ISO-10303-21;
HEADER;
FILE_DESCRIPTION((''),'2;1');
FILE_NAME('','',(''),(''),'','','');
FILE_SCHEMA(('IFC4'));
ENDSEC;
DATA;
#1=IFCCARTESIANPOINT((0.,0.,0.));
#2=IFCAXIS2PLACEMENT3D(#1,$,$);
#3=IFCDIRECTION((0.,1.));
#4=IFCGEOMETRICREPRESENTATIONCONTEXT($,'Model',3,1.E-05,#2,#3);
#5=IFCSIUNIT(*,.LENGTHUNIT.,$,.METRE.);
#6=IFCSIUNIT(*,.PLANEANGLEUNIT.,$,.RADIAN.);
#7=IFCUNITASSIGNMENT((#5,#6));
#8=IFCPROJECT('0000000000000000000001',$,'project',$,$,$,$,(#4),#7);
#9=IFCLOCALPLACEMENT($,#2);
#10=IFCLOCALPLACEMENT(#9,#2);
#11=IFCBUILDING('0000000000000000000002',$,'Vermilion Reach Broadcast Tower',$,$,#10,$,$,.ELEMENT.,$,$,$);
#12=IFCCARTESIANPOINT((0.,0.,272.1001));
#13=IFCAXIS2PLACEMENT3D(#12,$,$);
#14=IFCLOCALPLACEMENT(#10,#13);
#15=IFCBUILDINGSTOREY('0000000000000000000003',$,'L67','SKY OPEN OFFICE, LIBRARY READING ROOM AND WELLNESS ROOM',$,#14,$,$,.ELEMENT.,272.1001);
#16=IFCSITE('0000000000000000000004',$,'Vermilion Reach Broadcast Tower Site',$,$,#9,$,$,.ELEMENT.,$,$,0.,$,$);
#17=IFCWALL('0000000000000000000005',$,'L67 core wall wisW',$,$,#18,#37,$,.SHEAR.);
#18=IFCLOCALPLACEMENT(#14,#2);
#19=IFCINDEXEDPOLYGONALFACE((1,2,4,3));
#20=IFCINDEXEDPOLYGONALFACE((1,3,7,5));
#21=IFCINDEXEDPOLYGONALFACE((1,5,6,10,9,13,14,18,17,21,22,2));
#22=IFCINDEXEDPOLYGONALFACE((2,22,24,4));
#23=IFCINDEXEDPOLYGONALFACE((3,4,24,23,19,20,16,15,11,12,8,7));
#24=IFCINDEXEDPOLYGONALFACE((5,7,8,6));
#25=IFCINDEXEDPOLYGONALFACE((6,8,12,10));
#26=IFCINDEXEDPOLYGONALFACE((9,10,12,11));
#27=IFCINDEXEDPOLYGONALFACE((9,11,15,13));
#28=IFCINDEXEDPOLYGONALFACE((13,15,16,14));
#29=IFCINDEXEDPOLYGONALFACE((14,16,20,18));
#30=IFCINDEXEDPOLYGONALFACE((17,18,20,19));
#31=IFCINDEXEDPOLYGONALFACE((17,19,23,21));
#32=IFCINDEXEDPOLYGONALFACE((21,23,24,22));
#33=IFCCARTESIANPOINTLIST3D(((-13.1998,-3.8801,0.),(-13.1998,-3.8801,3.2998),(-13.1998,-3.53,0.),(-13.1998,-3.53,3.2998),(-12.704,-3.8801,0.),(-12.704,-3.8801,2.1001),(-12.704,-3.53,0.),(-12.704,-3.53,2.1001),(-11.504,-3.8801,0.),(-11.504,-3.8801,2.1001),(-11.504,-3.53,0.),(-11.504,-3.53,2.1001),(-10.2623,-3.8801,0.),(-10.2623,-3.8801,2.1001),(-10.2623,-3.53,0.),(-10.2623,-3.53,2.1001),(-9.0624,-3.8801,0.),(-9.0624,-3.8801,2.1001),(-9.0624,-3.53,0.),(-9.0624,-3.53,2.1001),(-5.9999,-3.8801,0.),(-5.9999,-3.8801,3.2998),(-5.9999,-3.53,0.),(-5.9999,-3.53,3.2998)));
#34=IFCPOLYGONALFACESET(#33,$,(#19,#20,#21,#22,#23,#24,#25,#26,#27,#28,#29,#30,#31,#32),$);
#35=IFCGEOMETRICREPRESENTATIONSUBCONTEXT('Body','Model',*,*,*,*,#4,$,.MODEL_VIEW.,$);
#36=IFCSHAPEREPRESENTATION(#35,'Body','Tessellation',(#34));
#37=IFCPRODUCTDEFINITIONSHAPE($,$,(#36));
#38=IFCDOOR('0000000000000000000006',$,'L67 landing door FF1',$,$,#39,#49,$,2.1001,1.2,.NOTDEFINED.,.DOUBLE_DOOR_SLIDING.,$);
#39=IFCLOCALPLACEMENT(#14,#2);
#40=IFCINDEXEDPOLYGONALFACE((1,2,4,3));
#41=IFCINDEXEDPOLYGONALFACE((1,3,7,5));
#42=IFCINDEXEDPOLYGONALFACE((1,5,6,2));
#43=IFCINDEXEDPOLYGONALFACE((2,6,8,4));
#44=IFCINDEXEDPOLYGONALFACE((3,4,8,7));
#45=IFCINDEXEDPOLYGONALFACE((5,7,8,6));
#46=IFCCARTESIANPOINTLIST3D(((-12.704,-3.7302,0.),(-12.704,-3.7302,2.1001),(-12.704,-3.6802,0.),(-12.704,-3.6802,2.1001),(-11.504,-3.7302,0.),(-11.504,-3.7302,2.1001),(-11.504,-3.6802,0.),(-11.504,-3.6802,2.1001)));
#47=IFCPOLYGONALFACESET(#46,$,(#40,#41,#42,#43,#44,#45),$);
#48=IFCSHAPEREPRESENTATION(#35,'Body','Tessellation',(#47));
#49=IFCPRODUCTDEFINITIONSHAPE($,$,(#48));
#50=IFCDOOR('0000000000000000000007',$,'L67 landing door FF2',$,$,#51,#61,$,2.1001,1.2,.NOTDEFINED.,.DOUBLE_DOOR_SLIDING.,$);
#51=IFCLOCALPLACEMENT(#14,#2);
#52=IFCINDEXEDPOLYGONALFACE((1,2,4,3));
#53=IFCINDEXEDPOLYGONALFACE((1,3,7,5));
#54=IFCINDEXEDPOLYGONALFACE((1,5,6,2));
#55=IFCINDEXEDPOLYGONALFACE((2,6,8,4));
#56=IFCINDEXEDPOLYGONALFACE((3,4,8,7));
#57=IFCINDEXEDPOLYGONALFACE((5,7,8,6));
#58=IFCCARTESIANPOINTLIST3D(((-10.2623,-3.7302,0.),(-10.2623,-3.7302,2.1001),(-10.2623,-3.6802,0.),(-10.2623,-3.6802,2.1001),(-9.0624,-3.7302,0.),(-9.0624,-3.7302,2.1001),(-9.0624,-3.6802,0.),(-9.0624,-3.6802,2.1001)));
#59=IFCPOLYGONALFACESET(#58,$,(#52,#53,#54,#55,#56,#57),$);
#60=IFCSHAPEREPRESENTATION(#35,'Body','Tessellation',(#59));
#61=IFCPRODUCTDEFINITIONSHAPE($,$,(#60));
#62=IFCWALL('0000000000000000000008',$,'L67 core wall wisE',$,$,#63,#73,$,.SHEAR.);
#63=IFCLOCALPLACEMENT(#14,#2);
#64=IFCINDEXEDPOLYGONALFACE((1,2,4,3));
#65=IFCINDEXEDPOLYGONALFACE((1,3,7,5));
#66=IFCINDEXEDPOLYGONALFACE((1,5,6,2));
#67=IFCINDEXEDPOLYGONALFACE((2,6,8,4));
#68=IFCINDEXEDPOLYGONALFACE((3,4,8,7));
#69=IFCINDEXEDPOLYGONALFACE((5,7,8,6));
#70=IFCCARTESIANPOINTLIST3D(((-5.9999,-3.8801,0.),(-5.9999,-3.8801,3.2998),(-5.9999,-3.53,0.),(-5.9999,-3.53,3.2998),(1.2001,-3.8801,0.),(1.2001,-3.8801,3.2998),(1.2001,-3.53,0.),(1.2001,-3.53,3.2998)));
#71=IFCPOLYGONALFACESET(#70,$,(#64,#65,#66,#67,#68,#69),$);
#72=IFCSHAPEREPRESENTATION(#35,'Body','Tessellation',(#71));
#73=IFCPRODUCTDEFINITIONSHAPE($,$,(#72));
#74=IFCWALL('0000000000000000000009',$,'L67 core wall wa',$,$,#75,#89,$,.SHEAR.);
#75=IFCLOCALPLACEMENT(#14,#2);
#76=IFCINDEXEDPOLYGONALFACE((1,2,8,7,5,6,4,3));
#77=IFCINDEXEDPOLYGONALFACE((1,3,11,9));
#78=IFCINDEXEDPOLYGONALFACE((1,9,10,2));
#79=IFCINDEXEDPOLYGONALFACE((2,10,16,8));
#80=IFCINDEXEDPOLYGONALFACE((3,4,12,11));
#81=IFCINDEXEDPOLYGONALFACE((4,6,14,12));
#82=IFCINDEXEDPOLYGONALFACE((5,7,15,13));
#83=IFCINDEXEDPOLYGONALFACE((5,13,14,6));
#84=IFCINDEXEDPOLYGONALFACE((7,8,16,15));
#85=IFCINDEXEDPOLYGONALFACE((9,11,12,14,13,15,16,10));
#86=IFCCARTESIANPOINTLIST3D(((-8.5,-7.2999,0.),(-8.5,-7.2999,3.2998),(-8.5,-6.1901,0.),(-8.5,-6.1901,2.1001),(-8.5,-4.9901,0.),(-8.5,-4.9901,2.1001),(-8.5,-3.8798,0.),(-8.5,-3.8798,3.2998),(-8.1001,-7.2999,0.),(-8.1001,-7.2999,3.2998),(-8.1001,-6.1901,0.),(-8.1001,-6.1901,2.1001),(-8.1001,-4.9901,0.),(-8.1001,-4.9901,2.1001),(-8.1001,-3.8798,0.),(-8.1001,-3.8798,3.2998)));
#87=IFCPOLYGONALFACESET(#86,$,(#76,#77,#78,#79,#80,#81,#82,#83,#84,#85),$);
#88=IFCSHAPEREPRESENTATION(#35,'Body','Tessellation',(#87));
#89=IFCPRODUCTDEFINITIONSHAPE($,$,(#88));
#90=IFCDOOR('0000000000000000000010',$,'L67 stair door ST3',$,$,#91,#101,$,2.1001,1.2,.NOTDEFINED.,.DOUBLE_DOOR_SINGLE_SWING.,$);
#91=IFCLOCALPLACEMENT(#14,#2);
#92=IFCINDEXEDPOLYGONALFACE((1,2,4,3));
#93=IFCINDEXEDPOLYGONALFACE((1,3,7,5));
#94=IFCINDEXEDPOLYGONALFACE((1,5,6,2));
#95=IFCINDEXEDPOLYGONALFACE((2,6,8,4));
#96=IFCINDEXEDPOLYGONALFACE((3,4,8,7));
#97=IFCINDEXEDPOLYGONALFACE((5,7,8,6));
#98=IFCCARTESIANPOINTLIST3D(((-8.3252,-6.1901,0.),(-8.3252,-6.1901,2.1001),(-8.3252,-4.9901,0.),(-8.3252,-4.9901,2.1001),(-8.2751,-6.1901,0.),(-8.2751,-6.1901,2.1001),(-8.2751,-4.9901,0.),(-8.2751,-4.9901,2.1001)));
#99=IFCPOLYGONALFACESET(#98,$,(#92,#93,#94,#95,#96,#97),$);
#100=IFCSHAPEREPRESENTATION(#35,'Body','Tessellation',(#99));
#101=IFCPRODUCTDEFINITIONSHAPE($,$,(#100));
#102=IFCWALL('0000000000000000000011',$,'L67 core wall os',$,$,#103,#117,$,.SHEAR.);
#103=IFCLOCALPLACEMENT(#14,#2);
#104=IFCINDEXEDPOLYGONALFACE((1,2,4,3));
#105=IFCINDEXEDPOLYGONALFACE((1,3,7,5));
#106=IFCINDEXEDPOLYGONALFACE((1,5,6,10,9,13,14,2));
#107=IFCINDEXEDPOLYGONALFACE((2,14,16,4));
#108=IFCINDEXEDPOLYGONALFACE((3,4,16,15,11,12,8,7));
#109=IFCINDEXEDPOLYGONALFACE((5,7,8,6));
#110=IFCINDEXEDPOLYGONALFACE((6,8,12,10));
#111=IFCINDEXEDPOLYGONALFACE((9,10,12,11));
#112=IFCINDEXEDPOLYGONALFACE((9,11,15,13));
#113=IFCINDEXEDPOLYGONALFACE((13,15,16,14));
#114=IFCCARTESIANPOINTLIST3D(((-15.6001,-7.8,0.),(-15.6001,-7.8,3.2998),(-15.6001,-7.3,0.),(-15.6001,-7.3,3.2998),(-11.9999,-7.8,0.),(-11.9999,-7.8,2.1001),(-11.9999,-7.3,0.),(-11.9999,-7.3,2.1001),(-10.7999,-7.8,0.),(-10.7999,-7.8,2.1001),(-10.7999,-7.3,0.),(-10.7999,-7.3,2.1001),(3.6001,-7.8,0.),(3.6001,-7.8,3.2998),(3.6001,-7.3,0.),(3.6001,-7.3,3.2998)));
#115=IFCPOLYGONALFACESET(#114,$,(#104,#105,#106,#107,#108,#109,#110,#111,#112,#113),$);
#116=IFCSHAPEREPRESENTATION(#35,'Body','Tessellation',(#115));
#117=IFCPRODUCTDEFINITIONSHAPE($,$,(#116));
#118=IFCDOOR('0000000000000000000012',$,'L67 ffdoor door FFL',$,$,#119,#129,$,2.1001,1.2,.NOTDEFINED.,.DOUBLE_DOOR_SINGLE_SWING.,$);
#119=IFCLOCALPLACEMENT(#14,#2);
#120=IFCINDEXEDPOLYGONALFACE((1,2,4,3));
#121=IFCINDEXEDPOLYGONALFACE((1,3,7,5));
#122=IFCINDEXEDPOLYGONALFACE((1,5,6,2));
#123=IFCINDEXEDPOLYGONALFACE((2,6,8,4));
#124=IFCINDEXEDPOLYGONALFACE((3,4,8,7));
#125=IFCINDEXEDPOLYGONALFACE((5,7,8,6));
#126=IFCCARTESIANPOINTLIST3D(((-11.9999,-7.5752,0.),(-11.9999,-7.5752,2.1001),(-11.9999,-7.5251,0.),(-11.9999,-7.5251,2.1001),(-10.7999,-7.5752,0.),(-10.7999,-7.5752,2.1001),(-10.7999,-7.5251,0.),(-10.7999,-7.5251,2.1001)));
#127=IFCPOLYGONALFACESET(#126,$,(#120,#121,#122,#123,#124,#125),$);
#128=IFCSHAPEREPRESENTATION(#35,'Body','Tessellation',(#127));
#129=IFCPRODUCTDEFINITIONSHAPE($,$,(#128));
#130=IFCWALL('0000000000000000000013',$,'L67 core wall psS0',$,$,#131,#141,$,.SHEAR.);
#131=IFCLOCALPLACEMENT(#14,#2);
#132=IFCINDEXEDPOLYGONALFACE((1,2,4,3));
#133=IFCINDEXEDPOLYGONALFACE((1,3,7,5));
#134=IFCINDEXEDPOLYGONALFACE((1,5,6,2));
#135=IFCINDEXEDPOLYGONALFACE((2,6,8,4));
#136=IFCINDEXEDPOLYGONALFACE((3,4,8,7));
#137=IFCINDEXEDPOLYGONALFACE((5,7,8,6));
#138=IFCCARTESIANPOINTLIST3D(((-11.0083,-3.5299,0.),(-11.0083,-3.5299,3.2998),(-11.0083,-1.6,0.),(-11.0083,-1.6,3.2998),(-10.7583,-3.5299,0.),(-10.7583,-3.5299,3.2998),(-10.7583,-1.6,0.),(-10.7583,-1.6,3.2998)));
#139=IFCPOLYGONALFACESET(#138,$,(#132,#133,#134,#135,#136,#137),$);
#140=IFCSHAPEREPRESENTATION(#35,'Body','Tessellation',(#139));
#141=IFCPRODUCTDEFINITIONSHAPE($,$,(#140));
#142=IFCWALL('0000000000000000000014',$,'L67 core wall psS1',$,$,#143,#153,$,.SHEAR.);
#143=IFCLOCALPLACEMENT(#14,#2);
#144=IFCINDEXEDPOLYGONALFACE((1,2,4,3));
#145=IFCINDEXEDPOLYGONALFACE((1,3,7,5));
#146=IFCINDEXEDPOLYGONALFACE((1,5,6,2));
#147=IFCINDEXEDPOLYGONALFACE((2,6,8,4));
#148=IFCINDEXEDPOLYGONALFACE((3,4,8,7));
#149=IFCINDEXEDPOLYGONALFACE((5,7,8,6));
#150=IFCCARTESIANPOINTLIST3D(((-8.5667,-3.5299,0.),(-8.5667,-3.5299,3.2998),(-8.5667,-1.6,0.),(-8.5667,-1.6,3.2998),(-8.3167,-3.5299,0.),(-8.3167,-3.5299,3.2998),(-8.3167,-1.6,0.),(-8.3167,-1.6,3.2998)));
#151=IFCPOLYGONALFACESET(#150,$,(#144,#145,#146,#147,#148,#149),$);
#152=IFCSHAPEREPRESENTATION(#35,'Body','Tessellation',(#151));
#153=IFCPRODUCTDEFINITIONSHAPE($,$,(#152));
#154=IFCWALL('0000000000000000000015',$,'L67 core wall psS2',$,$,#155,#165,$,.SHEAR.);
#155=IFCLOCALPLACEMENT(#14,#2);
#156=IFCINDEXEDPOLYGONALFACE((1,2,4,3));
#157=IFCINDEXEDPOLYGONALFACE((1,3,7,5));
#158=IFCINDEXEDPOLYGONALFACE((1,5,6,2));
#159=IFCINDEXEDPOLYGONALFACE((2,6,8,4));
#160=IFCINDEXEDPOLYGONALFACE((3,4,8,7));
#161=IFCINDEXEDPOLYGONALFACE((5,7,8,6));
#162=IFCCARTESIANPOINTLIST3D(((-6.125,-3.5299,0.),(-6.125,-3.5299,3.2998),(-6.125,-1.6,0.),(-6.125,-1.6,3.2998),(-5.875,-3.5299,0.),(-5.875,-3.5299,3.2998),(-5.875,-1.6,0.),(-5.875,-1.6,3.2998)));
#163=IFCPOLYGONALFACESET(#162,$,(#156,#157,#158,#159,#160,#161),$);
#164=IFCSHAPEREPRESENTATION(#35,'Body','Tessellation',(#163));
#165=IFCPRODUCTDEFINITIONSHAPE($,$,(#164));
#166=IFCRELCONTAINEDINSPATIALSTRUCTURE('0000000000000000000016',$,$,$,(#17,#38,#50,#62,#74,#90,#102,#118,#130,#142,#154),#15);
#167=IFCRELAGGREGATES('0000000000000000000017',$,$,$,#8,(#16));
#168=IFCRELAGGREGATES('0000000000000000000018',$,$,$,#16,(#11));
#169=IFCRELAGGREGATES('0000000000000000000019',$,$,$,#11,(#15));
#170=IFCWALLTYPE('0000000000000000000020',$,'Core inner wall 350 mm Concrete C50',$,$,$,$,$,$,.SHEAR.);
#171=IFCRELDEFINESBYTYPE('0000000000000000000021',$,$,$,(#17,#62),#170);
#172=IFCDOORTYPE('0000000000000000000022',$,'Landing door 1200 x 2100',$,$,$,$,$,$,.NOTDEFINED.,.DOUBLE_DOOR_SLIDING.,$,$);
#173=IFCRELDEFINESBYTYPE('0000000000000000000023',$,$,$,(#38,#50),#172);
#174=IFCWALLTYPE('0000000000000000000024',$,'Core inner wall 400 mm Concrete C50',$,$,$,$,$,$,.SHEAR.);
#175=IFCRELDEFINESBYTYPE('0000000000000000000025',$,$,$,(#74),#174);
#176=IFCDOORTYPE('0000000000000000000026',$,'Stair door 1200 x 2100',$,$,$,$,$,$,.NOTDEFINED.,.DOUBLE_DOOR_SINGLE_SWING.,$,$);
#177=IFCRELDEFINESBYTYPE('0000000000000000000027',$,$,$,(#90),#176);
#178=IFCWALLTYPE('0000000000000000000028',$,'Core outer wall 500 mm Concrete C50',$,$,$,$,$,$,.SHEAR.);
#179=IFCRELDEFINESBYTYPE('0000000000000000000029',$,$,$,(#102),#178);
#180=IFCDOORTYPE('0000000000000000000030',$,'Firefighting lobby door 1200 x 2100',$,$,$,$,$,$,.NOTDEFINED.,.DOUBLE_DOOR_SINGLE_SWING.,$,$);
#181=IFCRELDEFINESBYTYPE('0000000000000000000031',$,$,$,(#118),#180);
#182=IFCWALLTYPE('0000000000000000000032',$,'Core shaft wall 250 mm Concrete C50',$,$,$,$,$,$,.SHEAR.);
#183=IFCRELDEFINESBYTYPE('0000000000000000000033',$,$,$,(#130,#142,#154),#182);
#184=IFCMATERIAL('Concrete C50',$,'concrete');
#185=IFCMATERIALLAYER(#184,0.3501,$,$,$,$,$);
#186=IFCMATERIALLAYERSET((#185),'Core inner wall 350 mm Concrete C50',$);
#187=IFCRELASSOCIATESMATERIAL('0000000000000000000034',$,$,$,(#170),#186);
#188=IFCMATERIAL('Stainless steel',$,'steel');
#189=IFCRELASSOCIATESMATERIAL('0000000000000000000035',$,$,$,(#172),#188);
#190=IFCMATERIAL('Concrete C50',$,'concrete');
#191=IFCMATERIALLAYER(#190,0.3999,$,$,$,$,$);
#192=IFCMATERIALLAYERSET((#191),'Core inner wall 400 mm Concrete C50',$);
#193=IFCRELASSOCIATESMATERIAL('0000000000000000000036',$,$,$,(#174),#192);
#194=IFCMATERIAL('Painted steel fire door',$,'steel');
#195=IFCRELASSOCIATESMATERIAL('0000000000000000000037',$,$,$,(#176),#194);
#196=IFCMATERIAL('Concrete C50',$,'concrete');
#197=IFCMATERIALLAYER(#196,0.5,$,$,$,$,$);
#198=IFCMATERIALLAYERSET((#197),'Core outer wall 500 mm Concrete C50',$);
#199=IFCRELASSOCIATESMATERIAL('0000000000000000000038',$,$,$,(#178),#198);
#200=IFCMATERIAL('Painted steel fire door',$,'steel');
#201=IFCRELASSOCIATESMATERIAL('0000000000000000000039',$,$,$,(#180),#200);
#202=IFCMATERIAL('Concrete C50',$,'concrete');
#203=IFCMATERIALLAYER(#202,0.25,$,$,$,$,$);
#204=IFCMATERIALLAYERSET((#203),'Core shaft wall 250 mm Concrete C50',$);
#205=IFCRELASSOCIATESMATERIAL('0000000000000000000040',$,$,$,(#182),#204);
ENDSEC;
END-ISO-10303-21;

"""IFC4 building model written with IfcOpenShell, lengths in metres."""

from ifc_helpers import new_model, si_unit, direction, frame, frame_2d, origin, place, context, subcontext, project, spatial, rectangle, extrude, material, layer, layer_set, type_object, element, fill, save


model = new_model("IFC4")

# Units and contexts
model_context = context("Model", 3, precision=1e-05, world=origin(), true_north=direction((0.0, 1.0)))
body_context = subcontext(model_context, "Body", "Model", "MODEL_VIEW")
ifc_project = project(units=[si_unit("LENGTHUNIT", "METRE"), si_unit("PLANEANGLEUNIT", "RADIAN")], contexts=[model_context])

# Site, building, storey
site_placement = place(None, origin())
site = spatial("IfcSite", under=ifc_project, at=site_placement, Name="Vermilion Reach Broadcast Tower Site", CompositionType="ELEMENT", RefElevation=0.0)
building_placement = place(site_placement, origin())
building = spatial("IfcBuilding", under=site, at=building_placement, Name="Vermilion Reach Broadcast Tower", CompositionType="ELEMENT")
storey_placement = place(building_placement, frame((0.0, 0.0, 272.1001)))
storey = spatial("IfcBuildingStorey", under=building, at=storey_placement, Name="L67", Description="SKY OPEN OFFICE, LIBRARY READING ROOM AND WELLNESS ROOM", CompositionType="ELEMENT", Elevation=272.1001)

# Wall, openings, doors
ifc_material_1 = material(Name="Concrete C50", Category="concrete")
ifc_layer_1 = layer(ifc_material_1, 0.3501)
ifc_layer_set_1 = layer_set([ifc_layer_1], Name="Core inner wall 350 mm Concrete C50")
wall_type_1 = type_object("IfcWallType", Name="Core inner wall 350 mm Concrete C50", PredefinedType="SHEAR", material=ifc_layer_set_1)
wall_1_placement = place(storey_placement, frame((-13.2, -3.7051, 0.0), z_axis=(0.0, 0.0, 1.0), x_axis=(1.0, 0.0, 0.0)))
wall_1 = element("IfcWall", 1, at=wall_1_placement, inside=storey, type_object=wall_type_1, Name="L67 core wall wisW", PredefinedType="SHEAR", context=body_context, shape_type="SweptSolid", body=[
    extrude(rectangle(XDim=7.2, YDim=0.3501, at=frame_2d((3.6001, 0.0))), origin(), (0.0, 0.0, 1.0), 3.2998),
])
opening_1_placement = place(wall_1_placement, frame((0.4958, 0.0, 0.0)))
opening_1 = element("IfcOpeningElement", 2, at=opening_1_placement, cuts=wall_1, PredefinedType="OPENING", context=body_context, shape_type="SweptSolid", body=[
    extrude(rectangle(XDim=1.2, YDim=2.1001, at=frame_2d((0.6001, 1.05))), frame((0.0, 0.1851, 0.0), z_axis=(0.0, -1.0, 0.0), x_axis=(1.0, 0.0, 0.0)), (0.0, 0.0, 1.0), 0.3701),
])
opening_2_placement = place(wall_1_placement, frame((2.9375, 0.0, 0.0)))
opening_2 = element("IfcOpeningElement", 3, at=opening_2_placement, cuts=wall_1, PredefinedType="OPENING", context=body_context, shape_type="SweptSolid", body=[
    extrude(rectangle(XDim=1.2, YDim=2.1001, at=frame_2d((0.6001, 1.05))), frame((0.0, 0.1851, 0.0), z_axis=(0.0, -1.0, 0.0), x_axis=(1.0, 0.0, 0.0)), (0.0, 0.0, 1.0), 0.3701),
])
ifc_material_2 = material(Name="Stainless steel", Category="steel")
door_type_1 = type_object("IfcDoorType", Name="Landing door 1200 x 2100", OperationType="DOUBLE_DOOR_SLIDING", PredefinedType="NOTDEFINED", material=ifc_material_2)
door_1_placement = place(opening_1_placement, origin())
door_1 = element("IfcDoor", 4, at=door_1_placement, inside=storey, type_object=door_type_1, Name="L67 landing door FF1", OperationType="DOUBLE_DOOR_SLIDING", OverallHeight=2.1001, OverallWidth=1.2, PredefinedType="NOTDEFINED", context=body_context, shape_type="SweptSolid", body=[
    extrude(rectangle(XDim=1.2, YDim=2.1001, at=frame_2d((0.6001, 1.05))), frame((0.0, 0.0249, 0.0), z_axis=(0.0, -1.0, 0.0), x_axis=(1.0, 0.0, 0.0)), (0.0, 0.0, 1.0), 0.05),
])
fill(opening_1, door_1)
door_2_placement = place(opening_2_placement, origin())
door_2 = element("IfcDoor", 5, at=door_2_placement, inside=storey, type_object=door_type_1, Name="L67 landing door FF2", OperationType="DOUBLE_DOOR_SLIDING", OverallHeight=2.1001, OverallWidth=1.2, PredefinedType="NOTDEFINED", context=body_context, shape_type="SweptSolid", body=[
    extrude(rectangle(XDim=1.2, YDim=2.1001, at=frame_2d((0.6001, 1.05))), frame((0.0, 0.0249, 0.0), z_axis=(0.0, -1.0, 0.0), x_axis=(1.0, 0.0, 0.0)), (0.0, 0.0, 1.0), 0.05),
])
fill(opening_2, door_2)

# Wall
wall_2_placement = place(storey_placement, frame((-6.0, -3.7051, 0.0), z_axis=(0.0, 0.0, 1.0), x_axis=(1.0, 0.0, 0.0)))
element("IfcWall", 6, at=wall_2_placement, inside=storey, type_object=wall_type_1, Name="L67 core wall wisE", PredefinedType="SHEAR", context=body_context, shape_type="SweptSolid", body=[
    extrude(rectangle(XDim=7.2, YDim=0.3501, at=frame_2d((3.6001, 0.0))), origin(), (0.0, 0.0, 1.0), 3.2998),
])

# Walls, openings, doors
ifc_material_3 = material(Name="Concrete C50", Category="concrete")
ifc_layer_2 = layer(ifc_material_3, 0.3999)
ifc_layer_set_2 = layer_set([ifc_layer_2], Name="Core inner wall 400 mm Concrete C50")
wall_type_2 = type_object("IfcWallType", Name="Core inner wall 400 mm Concrete C50", PredefinedType="SHEAR", material=ifc_layer_set_2)
wall_3_placement = place(storey_placement, frame((-8.3, -3.8799, 0.0), z_axis=(0.0, 0.0, 1.0), x_axis=(0.0, -1.0, 0.0)))
wall_3 = element("IfcWall", 7, at=wall_3_placement, inside=storey, type_object=wall_type_2, Name="L67 core wall wa", PredefinedType="SHEAR", context=body_context, shape_type="SweptSolid", body=[
    extrude(rectangle(XDim=3.4202, YDim=0.3999, at=frame_2d((1.71, 0.0))), origin(), (0.0, 0.0, 1.0), 3.2998),
])
opening_3_placement = place(wall_3_placement, frame((1.1101, 0.0, 0.0)))
opening_3 = element("IfcOpeningElement", 8, at=opening_3_placement, cuts=wall_3, PredefinedType="OPENING", context=body_context, shape_type="SweptSolid", body=[
    extrude(rectangle(XDim=1.2, YDim=2.1001, at=frame_2d((0.6001, 1.05))), frame((0.0, 0.21, 0.0), z_axis=(0.0, -1.0, 0.0), x_axis=(1.0, 0.0, 0.0)), (0.0, 0.0, 1.0), 0.4199),
])
ifc_material_4 = material(Name="Painted steel fire door", Category="steel")
door_type_2 = type_object("IfcDoorType", Name="Stair door 1200 x 2100", OperationType="DOUBLE_DOOR_SINGLE_SWING", PredefinedType="NOTDEFINED", material=ifc_material_4)
door_3_placement = place(opening_3_placement, origin())
door_3 = element("IfcDoor", 9, at=door_3_placement, inside=storey, type_object=door_type_2, Name="L67 stair door ST3", OperationType="DOUBLE_DOOR_SINGLE_SWING", OverallHeight=2.1001, OverallWidth=1.2, PredefinedType="NOTDEFINED", context=body_context, shape_type="SweptSolid", body=[
    extrude(rectangle(XDim=1.2, YDim=2.1001, at=frame_2d((0.6001, 1.05))), frame((0.0, 0.0249, 0.0), z_axis=(0.0, -1.0, 0.0), x_axis=(1.0, 0.0, 0.0)), (0.0, 0.0, 1.0), 0.05),
])
fill(opening_3, door_3)
ifc_material_5 = material(Name="Concrete C50", Category="concrete")
ifc_layer_3 = layer(ifc_material_5, 0.5)
ifc_layer_set_3 = layer_set([ifc_layer_3], Name="Core outer wall 500 mm Concrete C50")
wall_type_3 = type_object("IfcWallType", Name="Core outer wall 500 mm Concrete C50", PredefinedType="SHEAR", material=ifc_layer_set_3)
wall_4_placement = place(storey_placement, frame((-15.6001, -7.55, 0.0), z_axis=(0.0, 0.0, 1.0), x_axis=(1.0, 0.0, 0.0)))
wall_4 = element("IfcWall", 10, at=wall_4_placement, inside=storey, type_object=wall_type_3, Name="L67 core wall os", PredefinedType="SHEAR", context=body_context, shape_type="SweptSolid", body=[
    extrude(rectangle(XDim=19.2002, YDim=0.5, at=frame_2d((9.6001, 0.0))), origin(), (0.0, 0.0, 1.0), 3.2998),
])
opening_4_placement = place(wall_4_placement, frame((3.6001, 0.0, 0.0)))
opening_4 = element("IfcOpeningElement", 11, at=opening_4_placement, cuts=wall_4, PredefinedType="OPENING", context=body_context, shape_type="SweptSolid", body=[
    extrude(rectangle(XDim=1.2, YDim=2.1001, at=frame_2d((0.6001, 1.05))), frame((0.0, 0.26, 0.0), z_axis=(0.0, -1.0, 0.0), x_axis=(1.0, 0.0, 0.0)), (0.0, 0.0, 1.0), 0.52),
])
ifc_material_6 = material(Name="Painted steel fire door", Category="steel")
door_type_3 = type_object("IfcDoorType", Name="Firefighting lobby door 1200 x 2100", OperationType="DOUBLE_DOOR_SINGLE_SWING", PredefinedType="NOTDEFINED", material=ifc_material_6)
door_4_placement = place(opening_4_placement, origin())
door_4 = element("IfcDoor", 12, at=door_4_placement, inside=storey, type_object=door_type_3, Name="L67 ffdoor door FFL", OperationType="DOUBLE_DOOR_SINGLE_SWING", OverallHeight=2.1001, OverallWidth=1.2, PredefinedType="NOTDEFINED", context=body_context, shape_type="SweptSolid", body=[
    extrude(rectangle(XDim=1.2, YDim=2.1001, at=frame_2d((0.6001, 1.05))), frame((0.0, 0.0249, 0.0), z_axis=(0.0, -1.0, 0.0), x_axis=(1.0, 0.0, 0.0)), (0.0, 0.0, 1.0), 0.05),
])
fill(opening_4, door_4)

# Walls
ifc_material_7 = material(Name="Concrete C50", Category="concrete")
ifc_layer_4 = layer(ifc_material_7, 0.25)
ifc_layer_set_4 = layer_set([ifc_layer_4], Name="Core shaft wall 250 mm Concrete C50")
wall_type_4 = type_object("IfcWallType", Name="Core shaft wall 250 mm Concrete C50", PredefinedType="SHEAR", material=ifc_layer_set_4)
for number, where, z_axis, x_axis, name in (
    (13, (-10.8833, -1.6001, 0.0), (0.0, 0.0, 1.0), (0.0, -1.0, 0.0), "L67 core wall psS0"),
    (14, (-8.4417, -1.6001, 0.0), (0.0, 0.0, 1.0), (0.0, -1.0, 0.0), "L67 core wall psS1"),
    (15, (-6.0, -1.6001, 0.0), (0.0, 0.0, 1.0), (0.0, -1.0, 0.0), "L67 core wall psS2"),
):
    element("IfcWall", number, at=place(storey_placement, frame(where, z_axis=z_axis, x_axis=x_axis)), inside=storey, type_object=wall_type_4, Name=name, PredefinedType="SHEAR", context=body_context, shape_type="SweptSolid", body=[
        extrude(rectangle(XDim=1.9299, YDim=0.25, at=frame_2d((0.9648, 0.0))), origin(), (0.0, 0.0, 1.0), 3.2998),
    ])

save(model, "model.ifc")
